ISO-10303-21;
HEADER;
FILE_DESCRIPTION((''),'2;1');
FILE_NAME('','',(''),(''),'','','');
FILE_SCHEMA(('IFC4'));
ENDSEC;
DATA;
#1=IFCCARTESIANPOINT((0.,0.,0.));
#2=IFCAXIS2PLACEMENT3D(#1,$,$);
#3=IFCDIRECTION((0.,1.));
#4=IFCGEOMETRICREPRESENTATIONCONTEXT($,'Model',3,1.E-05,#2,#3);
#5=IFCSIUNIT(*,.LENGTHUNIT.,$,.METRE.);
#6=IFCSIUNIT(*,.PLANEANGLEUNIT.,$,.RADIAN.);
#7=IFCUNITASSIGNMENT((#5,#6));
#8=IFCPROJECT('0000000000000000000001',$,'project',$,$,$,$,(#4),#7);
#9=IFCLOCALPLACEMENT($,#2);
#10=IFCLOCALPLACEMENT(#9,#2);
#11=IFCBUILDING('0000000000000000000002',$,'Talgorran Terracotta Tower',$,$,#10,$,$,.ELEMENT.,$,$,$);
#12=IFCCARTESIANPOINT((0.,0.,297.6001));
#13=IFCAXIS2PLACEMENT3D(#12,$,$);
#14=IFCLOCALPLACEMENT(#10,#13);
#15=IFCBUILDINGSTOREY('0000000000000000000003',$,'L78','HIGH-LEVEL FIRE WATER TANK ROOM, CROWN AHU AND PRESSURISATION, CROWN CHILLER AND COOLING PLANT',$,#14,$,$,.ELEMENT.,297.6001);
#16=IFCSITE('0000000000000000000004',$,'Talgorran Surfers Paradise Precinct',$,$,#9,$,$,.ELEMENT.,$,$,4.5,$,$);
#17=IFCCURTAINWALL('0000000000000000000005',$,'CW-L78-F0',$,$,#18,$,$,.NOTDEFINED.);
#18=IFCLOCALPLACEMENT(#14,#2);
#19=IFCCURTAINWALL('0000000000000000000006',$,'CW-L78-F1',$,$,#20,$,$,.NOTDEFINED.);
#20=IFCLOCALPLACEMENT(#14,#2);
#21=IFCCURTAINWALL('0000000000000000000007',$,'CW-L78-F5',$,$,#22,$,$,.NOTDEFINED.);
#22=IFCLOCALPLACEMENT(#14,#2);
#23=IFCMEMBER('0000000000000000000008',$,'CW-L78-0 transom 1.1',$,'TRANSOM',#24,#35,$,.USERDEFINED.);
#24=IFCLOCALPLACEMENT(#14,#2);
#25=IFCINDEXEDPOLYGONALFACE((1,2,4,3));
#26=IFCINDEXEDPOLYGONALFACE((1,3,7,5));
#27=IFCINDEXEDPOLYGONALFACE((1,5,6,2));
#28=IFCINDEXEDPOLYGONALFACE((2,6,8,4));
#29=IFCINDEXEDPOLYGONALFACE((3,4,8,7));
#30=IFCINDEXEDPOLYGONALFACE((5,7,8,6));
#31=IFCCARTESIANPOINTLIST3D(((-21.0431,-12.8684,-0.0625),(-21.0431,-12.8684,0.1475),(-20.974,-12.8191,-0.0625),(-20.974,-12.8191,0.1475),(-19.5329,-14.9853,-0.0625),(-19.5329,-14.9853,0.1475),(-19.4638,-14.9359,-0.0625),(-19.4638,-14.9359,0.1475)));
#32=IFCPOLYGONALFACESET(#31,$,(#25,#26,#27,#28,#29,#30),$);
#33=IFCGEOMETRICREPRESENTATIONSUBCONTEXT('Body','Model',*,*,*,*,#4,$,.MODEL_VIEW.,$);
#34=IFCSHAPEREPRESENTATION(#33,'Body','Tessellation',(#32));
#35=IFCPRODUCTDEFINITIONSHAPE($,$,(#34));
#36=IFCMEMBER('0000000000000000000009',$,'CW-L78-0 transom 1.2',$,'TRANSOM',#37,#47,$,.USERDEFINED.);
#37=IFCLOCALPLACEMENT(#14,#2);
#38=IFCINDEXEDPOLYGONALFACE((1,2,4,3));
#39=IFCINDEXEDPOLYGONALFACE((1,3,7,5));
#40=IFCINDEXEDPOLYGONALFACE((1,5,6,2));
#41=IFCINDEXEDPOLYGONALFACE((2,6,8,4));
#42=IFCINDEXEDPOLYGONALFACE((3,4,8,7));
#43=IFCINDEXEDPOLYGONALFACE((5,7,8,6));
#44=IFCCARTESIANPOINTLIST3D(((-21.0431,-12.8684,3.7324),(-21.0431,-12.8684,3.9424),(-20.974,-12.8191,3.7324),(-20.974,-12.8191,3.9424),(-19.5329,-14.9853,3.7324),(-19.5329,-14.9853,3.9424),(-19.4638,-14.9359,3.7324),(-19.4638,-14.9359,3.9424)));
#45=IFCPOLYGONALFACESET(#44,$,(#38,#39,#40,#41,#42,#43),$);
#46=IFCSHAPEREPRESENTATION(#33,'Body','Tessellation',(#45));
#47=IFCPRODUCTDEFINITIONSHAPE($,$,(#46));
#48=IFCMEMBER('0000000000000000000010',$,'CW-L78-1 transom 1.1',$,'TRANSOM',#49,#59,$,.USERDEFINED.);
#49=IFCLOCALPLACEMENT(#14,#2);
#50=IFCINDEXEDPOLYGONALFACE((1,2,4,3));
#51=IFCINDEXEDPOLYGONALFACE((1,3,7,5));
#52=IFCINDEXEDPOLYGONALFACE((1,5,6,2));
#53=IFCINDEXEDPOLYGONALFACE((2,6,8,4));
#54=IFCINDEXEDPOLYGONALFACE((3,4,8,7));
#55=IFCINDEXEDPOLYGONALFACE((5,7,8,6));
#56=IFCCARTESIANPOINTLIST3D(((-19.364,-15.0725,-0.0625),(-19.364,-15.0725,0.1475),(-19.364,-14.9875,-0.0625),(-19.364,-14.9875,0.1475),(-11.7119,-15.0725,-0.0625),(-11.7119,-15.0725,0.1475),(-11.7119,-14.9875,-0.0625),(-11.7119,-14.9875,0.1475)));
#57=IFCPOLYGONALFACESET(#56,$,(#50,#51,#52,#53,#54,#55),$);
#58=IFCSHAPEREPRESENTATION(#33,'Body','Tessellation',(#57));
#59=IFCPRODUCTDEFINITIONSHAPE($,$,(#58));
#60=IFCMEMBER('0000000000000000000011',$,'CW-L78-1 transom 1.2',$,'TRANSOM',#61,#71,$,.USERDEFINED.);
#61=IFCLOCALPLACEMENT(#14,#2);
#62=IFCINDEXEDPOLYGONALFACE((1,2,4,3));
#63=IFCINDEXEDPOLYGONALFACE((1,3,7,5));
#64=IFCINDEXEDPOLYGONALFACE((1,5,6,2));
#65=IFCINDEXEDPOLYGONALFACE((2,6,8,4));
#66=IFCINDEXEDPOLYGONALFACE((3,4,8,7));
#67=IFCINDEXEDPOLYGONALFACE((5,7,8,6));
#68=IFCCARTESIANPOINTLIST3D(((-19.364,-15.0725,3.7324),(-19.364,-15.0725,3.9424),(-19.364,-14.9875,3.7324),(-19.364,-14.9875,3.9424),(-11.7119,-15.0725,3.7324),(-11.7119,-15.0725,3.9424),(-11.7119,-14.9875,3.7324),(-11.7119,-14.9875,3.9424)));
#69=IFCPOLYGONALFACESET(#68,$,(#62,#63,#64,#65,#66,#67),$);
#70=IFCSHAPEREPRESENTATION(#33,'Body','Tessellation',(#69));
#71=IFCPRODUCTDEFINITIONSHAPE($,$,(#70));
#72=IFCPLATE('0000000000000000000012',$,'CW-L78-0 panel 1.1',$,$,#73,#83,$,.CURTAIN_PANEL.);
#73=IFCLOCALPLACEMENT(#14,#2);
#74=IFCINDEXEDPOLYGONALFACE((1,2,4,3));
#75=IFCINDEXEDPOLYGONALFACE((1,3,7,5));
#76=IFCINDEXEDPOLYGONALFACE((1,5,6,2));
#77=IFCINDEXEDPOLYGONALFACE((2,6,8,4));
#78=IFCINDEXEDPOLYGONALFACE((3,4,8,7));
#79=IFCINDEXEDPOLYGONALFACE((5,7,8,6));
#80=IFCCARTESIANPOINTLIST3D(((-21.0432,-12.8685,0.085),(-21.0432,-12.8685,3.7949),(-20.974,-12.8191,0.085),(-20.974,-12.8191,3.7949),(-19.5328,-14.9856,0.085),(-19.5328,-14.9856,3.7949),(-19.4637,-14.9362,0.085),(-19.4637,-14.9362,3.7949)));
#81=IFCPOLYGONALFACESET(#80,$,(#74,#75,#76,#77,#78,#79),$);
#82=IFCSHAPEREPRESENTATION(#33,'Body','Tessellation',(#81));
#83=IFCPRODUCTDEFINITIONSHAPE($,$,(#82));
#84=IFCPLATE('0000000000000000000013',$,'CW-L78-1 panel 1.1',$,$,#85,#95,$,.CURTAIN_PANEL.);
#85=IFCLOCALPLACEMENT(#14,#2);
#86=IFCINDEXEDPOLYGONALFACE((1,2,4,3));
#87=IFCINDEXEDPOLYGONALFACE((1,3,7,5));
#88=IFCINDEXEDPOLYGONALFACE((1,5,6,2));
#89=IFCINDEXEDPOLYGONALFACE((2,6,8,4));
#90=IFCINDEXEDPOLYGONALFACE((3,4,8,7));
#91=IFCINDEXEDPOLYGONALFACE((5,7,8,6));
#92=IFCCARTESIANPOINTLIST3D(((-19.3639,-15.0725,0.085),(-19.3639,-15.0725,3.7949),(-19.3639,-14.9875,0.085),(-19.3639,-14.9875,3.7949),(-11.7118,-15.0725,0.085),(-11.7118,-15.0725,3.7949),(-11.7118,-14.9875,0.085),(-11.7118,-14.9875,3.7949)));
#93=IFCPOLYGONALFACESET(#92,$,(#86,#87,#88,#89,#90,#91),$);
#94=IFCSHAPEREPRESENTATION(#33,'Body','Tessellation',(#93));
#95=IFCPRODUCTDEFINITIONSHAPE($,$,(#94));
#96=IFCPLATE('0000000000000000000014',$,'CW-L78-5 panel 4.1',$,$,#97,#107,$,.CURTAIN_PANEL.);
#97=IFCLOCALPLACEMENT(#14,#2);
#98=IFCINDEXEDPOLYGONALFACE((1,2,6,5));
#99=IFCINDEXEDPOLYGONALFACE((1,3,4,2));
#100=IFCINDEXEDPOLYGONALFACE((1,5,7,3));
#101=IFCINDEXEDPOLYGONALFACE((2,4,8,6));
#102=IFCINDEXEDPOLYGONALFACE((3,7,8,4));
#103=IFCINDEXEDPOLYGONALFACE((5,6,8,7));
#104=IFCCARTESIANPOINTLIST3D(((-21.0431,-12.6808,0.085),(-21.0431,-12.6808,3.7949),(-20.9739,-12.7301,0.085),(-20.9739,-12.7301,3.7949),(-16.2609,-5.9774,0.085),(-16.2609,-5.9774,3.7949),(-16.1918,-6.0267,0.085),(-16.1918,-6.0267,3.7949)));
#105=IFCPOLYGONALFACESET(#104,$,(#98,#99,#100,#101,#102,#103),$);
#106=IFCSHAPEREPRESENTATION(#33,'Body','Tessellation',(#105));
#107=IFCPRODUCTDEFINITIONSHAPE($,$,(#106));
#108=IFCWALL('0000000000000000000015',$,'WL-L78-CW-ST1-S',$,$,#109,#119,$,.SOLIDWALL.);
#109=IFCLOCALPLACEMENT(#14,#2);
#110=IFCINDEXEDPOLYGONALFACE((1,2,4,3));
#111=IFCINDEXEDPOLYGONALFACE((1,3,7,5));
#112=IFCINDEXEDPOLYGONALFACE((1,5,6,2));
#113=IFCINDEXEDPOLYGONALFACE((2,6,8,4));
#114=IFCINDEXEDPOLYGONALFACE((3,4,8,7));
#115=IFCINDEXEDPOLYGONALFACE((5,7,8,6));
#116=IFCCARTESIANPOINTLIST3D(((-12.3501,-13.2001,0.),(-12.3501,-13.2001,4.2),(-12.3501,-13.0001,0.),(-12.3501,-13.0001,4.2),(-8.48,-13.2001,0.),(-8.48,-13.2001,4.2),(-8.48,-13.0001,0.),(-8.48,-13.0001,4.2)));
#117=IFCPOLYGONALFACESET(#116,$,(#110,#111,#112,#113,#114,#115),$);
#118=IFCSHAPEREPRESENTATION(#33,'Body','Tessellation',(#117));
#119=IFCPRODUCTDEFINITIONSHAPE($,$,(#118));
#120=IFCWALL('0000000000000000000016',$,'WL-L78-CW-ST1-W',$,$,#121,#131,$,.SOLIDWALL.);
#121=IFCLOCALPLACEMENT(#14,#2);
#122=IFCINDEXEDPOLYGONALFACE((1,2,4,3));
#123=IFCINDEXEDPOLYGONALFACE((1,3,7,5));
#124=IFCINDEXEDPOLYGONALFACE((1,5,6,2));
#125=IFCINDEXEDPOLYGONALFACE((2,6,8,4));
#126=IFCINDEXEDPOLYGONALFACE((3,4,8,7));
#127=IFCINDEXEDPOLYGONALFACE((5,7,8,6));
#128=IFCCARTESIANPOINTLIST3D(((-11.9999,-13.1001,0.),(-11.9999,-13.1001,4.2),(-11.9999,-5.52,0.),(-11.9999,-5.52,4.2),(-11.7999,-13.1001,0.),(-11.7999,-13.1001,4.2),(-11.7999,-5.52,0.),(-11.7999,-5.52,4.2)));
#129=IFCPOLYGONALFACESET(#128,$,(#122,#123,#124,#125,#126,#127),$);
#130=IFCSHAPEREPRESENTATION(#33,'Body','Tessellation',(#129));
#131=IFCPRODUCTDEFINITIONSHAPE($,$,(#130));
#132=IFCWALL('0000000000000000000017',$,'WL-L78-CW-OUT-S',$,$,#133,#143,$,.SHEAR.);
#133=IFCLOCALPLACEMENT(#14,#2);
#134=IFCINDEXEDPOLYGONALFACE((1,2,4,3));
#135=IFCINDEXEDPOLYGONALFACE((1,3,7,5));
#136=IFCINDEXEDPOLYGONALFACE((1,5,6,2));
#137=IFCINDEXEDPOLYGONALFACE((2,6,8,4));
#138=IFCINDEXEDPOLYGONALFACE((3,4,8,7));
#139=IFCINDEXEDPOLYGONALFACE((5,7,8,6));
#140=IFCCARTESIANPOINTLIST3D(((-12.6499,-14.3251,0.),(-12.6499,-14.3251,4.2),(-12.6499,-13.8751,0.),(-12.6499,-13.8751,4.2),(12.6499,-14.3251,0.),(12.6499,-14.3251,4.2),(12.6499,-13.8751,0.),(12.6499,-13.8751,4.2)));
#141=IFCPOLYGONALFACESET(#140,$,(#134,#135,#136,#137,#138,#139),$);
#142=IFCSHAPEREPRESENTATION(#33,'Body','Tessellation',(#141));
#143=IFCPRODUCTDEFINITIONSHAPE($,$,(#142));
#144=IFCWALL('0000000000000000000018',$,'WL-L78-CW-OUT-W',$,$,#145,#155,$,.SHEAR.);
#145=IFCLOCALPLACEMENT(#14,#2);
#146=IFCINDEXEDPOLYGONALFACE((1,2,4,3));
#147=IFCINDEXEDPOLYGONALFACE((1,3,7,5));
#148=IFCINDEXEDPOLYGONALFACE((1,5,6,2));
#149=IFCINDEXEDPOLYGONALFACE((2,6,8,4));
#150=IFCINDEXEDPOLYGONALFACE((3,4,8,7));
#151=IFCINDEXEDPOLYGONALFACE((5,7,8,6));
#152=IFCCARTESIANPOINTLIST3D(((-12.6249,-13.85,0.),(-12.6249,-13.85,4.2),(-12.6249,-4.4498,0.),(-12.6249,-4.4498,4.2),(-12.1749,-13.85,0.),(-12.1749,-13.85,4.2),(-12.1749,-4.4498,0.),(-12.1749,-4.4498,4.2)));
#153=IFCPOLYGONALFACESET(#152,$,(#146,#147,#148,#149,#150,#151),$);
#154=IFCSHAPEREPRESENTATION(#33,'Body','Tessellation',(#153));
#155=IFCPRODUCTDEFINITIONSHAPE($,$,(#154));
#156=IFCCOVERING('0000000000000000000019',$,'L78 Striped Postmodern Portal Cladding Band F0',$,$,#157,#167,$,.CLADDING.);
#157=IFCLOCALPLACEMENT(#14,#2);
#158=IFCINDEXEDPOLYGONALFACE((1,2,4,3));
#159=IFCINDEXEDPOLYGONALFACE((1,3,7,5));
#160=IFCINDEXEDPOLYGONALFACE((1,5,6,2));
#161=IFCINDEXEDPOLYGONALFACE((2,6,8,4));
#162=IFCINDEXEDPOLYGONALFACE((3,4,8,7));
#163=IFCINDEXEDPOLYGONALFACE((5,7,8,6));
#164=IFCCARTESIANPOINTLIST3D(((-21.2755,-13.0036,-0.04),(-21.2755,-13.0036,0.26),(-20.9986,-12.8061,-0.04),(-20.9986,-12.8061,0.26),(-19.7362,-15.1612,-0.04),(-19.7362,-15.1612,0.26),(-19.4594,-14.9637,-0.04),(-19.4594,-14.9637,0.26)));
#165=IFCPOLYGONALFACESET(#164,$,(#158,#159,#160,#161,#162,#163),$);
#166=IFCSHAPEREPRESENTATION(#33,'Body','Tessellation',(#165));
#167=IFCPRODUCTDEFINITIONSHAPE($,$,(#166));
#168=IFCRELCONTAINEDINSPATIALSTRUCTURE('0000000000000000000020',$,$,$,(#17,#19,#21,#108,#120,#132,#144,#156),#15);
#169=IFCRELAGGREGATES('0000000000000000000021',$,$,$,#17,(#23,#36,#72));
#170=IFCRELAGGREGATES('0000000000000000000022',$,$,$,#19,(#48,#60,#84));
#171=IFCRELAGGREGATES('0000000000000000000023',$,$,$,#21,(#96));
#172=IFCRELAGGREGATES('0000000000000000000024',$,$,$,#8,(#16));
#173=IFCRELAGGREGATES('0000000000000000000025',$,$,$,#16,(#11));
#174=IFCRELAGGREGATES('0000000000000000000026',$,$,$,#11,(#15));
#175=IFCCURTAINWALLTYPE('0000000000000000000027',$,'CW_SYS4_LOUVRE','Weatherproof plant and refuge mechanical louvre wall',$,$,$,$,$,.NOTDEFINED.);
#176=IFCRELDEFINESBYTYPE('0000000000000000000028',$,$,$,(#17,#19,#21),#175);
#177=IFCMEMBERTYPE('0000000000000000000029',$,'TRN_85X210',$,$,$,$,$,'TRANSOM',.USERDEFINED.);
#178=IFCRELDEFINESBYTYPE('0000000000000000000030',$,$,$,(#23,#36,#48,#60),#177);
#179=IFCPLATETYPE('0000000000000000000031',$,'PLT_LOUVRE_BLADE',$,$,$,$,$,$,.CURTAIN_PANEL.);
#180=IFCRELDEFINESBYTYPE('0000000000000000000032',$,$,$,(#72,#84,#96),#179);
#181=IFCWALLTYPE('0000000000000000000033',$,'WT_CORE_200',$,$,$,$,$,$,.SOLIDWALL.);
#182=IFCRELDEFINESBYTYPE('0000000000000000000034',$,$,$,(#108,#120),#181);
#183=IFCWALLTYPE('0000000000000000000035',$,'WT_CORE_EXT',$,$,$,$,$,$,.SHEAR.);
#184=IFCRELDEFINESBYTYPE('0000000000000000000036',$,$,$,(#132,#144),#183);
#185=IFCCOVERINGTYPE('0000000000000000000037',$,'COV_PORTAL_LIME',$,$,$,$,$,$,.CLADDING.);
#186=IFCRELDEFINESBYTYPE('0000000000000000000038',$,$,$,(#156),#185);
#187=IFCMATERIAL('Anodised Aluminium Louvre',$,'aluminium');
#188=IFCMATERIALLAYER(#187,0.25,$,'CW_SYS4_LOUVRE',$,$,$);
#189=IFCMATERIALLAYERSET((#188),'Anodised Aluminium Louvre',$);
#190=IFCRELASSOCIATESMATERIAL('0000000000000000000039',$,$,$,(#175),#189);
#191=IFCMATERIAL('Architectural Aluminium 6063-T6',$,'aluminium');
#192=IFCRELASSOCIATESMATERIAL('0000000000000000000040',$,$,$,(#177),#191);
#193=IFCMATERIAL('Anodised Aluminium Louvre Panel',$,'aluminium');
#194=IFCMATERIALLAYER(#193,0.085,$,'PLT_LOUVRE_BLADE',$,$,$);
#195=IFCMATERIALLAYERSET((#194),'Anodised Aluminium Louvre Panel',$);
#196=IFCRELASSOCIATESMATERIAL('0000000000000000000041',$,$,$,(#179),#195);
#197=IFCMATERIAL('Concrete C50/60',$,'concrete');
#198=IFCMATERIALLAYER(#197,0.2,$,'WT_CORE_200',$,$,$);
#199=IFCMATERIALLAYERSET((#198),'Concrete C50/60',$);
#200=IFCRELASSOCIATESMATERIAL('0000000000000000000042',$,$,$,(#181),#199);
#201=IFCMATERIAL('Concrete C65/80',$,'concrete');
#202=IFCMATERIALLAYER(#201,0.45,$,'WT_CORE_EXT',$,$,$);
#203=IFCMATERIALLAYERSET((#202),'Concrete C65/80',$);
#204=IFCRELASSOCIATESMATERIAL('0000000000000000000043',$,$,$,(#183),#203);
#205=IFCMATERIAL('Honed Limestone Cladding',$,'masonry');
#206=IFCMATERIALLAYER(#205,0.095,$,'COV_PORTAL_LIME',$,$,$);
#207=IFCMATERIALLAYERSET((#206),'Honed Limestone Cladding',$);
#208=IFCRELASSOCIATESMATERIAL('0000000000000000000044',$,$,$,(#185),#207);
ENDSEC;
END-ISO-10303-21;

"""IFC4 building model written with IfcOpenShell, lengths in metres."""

from ifc_helpers import new_model, si_unit, direction, frame, frame_2d, origin, origin_2d, place, context, subcontext, project, spatial, rectangle, extrude, source, transform, mapped, material, layer, layer_set, material_profile, profile_set, type_object, type_shapes, element, aggregate, save


model = new_model("IFC4")

# Units and contexts
model_context = context("Model", 3, precision=1e-05, world=origin(), true_north=direction((0.0, 1.0)))
body_context = subcontext(model_context, "Body", "Model", "MODEL_VIEW")
ifc_project = project(units=[si_unit("LENGTHUNIT", "METRE"), si_unit("PLANEANGLEUNIT", "RADIAN")], contexts=[model_context])

# Site, building, storey
site_placement = place(None, origin())
site = spatial("IfcSite", under=ifc_project, at=site_placement, Name="Talgorran Surfers Paradise Precinct", CompositionType="ELEMENT", RefElevation=4.5)
building_placement = place(site_placement, origin())
building = spatial("IfcBuilding", under=site, at=building_placement, Name="Talgorran Terracotta Tower", CompositionType="ELEMENT")
storey_placement = place(building_placement, frame((0.0, 0.0, 297.6001)))
storey = spatial("IfcBuildingStorey", under=building, at=storey_placement, Name="L78", Description="HIGH-LEVEL FIRE WATER TANK ROOM, CROWN AHU AND PRESSURISATION, CROWN CHILLER AND COOLING PLANT", CompositionType="ELEMENT", Elevation=297.6001)

# Curtain walls
ifc_material_1 = material(Name="Anodised Aluminium Louvre", Category="aluminium")
ifc_layer_1 = layer(ifc_material_1, 0.25, Name="CW_SYS4_LOUVRE")
ifc_layer_set_1 = layer_set([ifc_layer_1], Name="Anodised Aluminium Louvre")
curtain_wall_type = type_object("IfcCurtainWallType", Name="CW_SYS4_LOUVRE", Description="Weatherproof plant and refuge mechanical louvre wall", PredefinedType="NOTDEFINED", material=ifc_layer_set_1)
curtain_wall_1_placement = place(storey_placement, origin())
curtain_wall_1 = element("IfcCurtainWall", 1, at=curtain_wall_1_placement, inside=storey, type_object=curtain_wall_type, Name="CW-L78-F0", PredefinedType="NOTDEFINED")
ifc_material_2 = material(Name="Architectural Aluminium 6063-T6", Category="aluminium")
curtain_wall_2_placement = place(storey_placement, origin())
curtain_wall_2 = element("IfcCurtainWall", 2, at=curtain_wall_2_placement, inside=storey, type_object=curtain_wall_type, Name="CW-L78-F1", PredefinedType="NOTDEFINED")

# Curtain wall
curtain_wall_3_placement = place(storey_placement, origin())
curtain_wall_3 = element("IfcCurtainWall", 3, at=curtain_wall_3_placement, inside=storey, type_object=curtain_wall_type, Name="CW-L78-F5", PredefinedType="NOTDEFINED")

# Members
ifc_material_profile_1 = material_profile(ifc_material_2, rectangle(XDim=0.085, YDim=0.21, at=origin_2d()), Name="CWT85X210")
ifc_profile_set_1 = profile_set([ifc_material_profile_1], Name="Architectural Aluminium 6063-T6")
member_type_1 = type_object("IfcMemberType", Name="TRN_85X210", ElementType="TRANSOM", PredefinedType="USERDEFINED", material=ifc_profile_set_1)
member_1_placement = place(storey_placement, frame((-21.0085, -12.8438, 0.0425), z_axis=(0.580767, -0.81407, 0.0), x_axis=(0.81407, 0.580767, 0.0)))
member_1 = element("IfcMember", 4, at=member_1_placement, type_object=member_type_1, Name="CW-L78-0 transom 1.1", ObjectType="TRANSOM", PredefinedType="USERDEFINED", context=body_context, shape_type="SweptSolid", body=[
    extrude(rectangle(XDim=0.085, YDim=0.21, at=origin_2d()), origin(), (0.0, 0.0, 1.0), 2.6003),
])
member_2_placement = place(storey_placement, frame((-21.0085, -12.8438, 3.8374), z_axis=(0.580767, -0.81407, 0.0), x_axis=(0.81407, 0.580767, 0.0)))
member_2 = element("IfcMember", 5, at=member_2_placement, type_object=member_type_1, Name="CW-L78-0 transom 1.2", ObjectType="TRANSOM", PredefinedType="USERDEFINED", context=body_context, shape_type="SweptSolid", body=[
    extrude(rectangle(XDim=0.085, YDim=0.21, at=origin_2d()), origin(), (0.0, 0.0, 1.0), 2.6003),
])
member_3_placement = place(storey_placement, frame((-19.364, -15.03, 0.0425), z_axis=(1.0, 0.0, 0.0), x_axis=(0.0, 1.0, 0.0)))
member_3 = element("IfcMember", 6, at=member_3_placement, type_object=member_type_1, Name="CW-L78-1 transom 1.1", ObjectType="TRANSOM", PredefinedType="USERDEFINED", context=body_context, shape_type="SweptSolid", body=[
    extrude(rectangle(XDim=0.085, YDim=0.21, at=origin_2d()), origin(), (0.0, 0.0, 1.0), 7.6521),
])
member_4_placement = place(storey_placement, frame((-19.364, -15.03, 3.8374), z_axis=(1.0, 0.0, 0.0), x_axis=(0.0, 1.0, 0.0)))
member_4 = element("IfcMember", 7, at=member_4_placement, type_object=member_type_1, Name="CW-L78-1 transom 1.2", ObjectType="TRANSOM", PredefinedType="USERDEFINED", context=body_context, shape_type="SweptSolid", body=[
    extrude(rectangle(XDim=0.085, YDim=0.21, at=origin_2d()), origin(), (0.0, 0.0, 1.0), 7.6521),
])

# Plates
ifc_material_3 = material(Name="Anodised Aluminium Louvre Panel", Category="aluminium")
ifc_layer_2 = layer(ifc_material_3, 0.085, Name="PLT_LOUVRE_BLADE")
ifc_layer_set_2 = layer_set([ifc_layer_2], Name="Anodised Aluminium Louvre Panel")
plate_type = type_object("IfcPlateType", Name="PLT_LOUVRE_BLADE", PredefinedType="CURTAIN_PANEL", material=ifc_layer_set_2)
shared_shape_1 = source(origin(), body_context, "Body", "SweptSolid", [
    extrude(rectangle(XDim=2.6006, YDim=0.085, at=origin_2d()), origin(), (0.0, 0.0, 1.0), 3.71),
])
plate_1_placement = place(storey_placement, frame((-20.2534, -13.9023, 0.085), z_axis=(0.0, 0.0, 1.0), x_axis=(0.58076, -0.814075, 0.0)))
plate_1 = element("IfcPlate", 8, at=plate_1_placement, type_object=plate_type, Name="CW-L78-0 panel 1.1", PredefinedType="CURTAIN_PANEL", context=body_context, shape_type="MappedRepresentation", body=[
    mapped(shared_shape_1, transform((0.0, 0.0, 0.0), scale=1.0)),
])
aggregate(curtain_wall_1, [member_1, member_2, plate_1])
shared_shape_2 = source(origin(), body_context, "Body", "SweptSolid", [
    extrude(rectangle(XDim=7.6521, YDim=0.085, at=origin_2d()), origin(), (0.0, 0.0, 1.0), 3.71),
])
plate_2_placement = place(storey_placement, frame((-15.5378, -15.03, 0.085), z_axis=(0.0, 0.0, 1.0), x_axis=(1.0, 0.0, 0.0)))
plate_2 = element("IfcPlate", 9, at=plate_2_placement, type_object=plate_type, Name="CW-L78-1 panel 1.1", PredefinedType="CURTAIN_PANEL", context=body_context, shape_type="MappedRepresentation", body=[
    mapped(shared_shape_2, transform((0.0, 0.0, 0.0), scale=1.0)),
])
aggregate(curtain_wall_2, [member_3, member_4, plate_2])
shared_shape_3 = source(origin(), body_context, "Body", "SweptSolid", [
    extrude(rectangle(XDim=8.2344, YDim=0.085, at=origin_2d()), origin(), (0.0, 0.0, 1.0), 3.71),
])
type_shapes(plate_type, [shared_shape_1, shared_shape_2, shared_shape_3])
plate_3_placement = place(storey_placement, frame((-18.6174, -9.3538, 0.085), z_axis=(0.0, 0.0, 1.0), x_axis=(-0.580758, -0.814076, 0.0)))
plate_3 = element("IfcPlate", 10, at=plate_3_placement, type_object=plate_type, Name="CW-L78-5 panel 4.1", PredefinedType="CURTAIN_PANEL", context=body_context, shape_type="MappedRepresentation", body=[
    mapped(shared_shape_3, transform((0.0, 0.0, 0.0), scale=1.0)),
])
aggregate(curtain_wall_3, [plate_3])

# Walls
ifc_material_4 = material(Name="Concrete C50/60", Category="concrete")
ifc_layer_3 = layer(ifc_material_4, 0.2, Name="WT_CORE_200")
ifc_layer_set_3 = layer_set([ifc_layer_3], Name="Concrete C50/60")
wall_type_1 = type_object("IfcWallType", Name="WT_CORE_200", PredefinedType="SOLIDWALL", material=ifc_layer_set_3)
wall_1_placement = place(storey_placement, frame((-12.3501, -13.1001, 0.0), z_axis=(0.0, 0.0, 1.0), x_axis=(1.0, 0.0, 0.0)))
element("IfcWall", 11, at=wall_1_placement, inside=storey, type_object=wall_type_1, Name="WL-L78-CW-ST1-S", PredefinedType="SOLIDWALL", context=body_context, shape_type="SweptSolid", body=[
    extrude(rectangle(XDim=3.8701, YDim=0.2, at=frame_2d((1.9351, 0.0))), origin(), (0.0, 0.0, 1.0), 4.2),
])
wall_2_placement = place(storey_placement, frame((-11.8999, -13.1001, 0.0), z_axis=(0.0, 0.0, 1.0), x_axis=(0.0, 1.0, 0.0)))
element("IfcWall", 12, at=wall_2_placement, inside=storey, type_object=wall_type_1, Name="WL-L78-CW-ST1-W", PredefinedType="SOLIDWALL", context=body_context, shape_type="SweptSolid", body=[
    extrude(rectangle(XDim=7.5801, YDim=0.2, at=frame_2d((3.79, 0.0))), origin(), (0.0, 0.0, 1.0), 4.2),
])
ifc_material_5 = material(Name="Concrete C65/80", Category="concrete")
ifc_layer_4 = layer(ifc_material_5, 0.45, Name="WT_CORE_EXT")
ifc_layer_set_4 = layer_set([ifc_layer_4], Name="Concrete C65/80")
wall_type_2 = type_object("IfcWallType", Name="WT_CORE_EXT", PredefinedType="SHEAR", material=ifc_layer_set_4)
wall_3_placement = place(storey_placement, frame((-12.6499, -14.1001, 0.0), z_axis=(0.0, 0.0, 1.0), x_axis=(1.0, 0.0, 0.0)))
element("IfcWall", 13, at=wall_3_placement, inside=storey, type_object=wall_type_2, Name="WL-L78-CW-OUT-S", PredefinedType="SHEAR", context=body_context, shape_type="SweptSolid", body=[
    extrude(rectangle(XDim=25.2998, YDim=0.45, at=frame_2d((12.6499, 0.0))), origin(), (0.0, 0.0, 1.0), 4.2),
])
wall_4_placement = place(storey_placement, frame((-12.3999, -13.8501, 0.0), z_axis=(0.0, 0.0, 1.0), x_axis=(0.0, 1.0, 0.0)))
element("IfcWall", 14, at=wall_4_placement, inside=storey, type_object=wall_type_2, Name="WL-L78-CW-OUT-W", PredefinedType="SHEAR", context=body_context, shape_type="SweptSolid", body=[
    extrude(rectangle(XDim=9.4001, YDim=0.45, at=frame_2d((4.7002, 0.0))), origin(), (0.0, 0.0, 1.0), 4.2),
])

# Covering
ifc_material_6 = material(Name="Honed Limestone Cladding", Category="masonry")
ifc_layer_5 = layer(ifc_material_6, 0.095, Name="COV_PORTAL_LIME")
ifc_layer_set_5 = layer_set([ifc_layer_5], Name="Honed Limestone Cladding")
covering_type = type_object("IfcCoveringType", Name="COV_PORTAL_LIME", PredefinedType="CLADDING", material=ifc_layer_set_5)
covering_placement = place(storey_placement, frame((-20.3674, -13.9836, -0.04), z_axis=(0.0, 0.0, 1.0), x_axis=(0.58076, -0.814075, 0.0)))
element("IfcCovering", 15, at=covering_placement, inside=storey, type_object=covering_type, Name="L78 Striped Postmodern Portal Cladding Band F0", PredefinedType="CLADDING", context=body_context, shape_type="SweptSolid", body=[
    extrude(rectangle(XDim=2.6504, YDim=0.3401, at=origin_2d()), origin(), (0.0, 0.0, 1.0), 0.3),
])

save(model, "model.ifc")
